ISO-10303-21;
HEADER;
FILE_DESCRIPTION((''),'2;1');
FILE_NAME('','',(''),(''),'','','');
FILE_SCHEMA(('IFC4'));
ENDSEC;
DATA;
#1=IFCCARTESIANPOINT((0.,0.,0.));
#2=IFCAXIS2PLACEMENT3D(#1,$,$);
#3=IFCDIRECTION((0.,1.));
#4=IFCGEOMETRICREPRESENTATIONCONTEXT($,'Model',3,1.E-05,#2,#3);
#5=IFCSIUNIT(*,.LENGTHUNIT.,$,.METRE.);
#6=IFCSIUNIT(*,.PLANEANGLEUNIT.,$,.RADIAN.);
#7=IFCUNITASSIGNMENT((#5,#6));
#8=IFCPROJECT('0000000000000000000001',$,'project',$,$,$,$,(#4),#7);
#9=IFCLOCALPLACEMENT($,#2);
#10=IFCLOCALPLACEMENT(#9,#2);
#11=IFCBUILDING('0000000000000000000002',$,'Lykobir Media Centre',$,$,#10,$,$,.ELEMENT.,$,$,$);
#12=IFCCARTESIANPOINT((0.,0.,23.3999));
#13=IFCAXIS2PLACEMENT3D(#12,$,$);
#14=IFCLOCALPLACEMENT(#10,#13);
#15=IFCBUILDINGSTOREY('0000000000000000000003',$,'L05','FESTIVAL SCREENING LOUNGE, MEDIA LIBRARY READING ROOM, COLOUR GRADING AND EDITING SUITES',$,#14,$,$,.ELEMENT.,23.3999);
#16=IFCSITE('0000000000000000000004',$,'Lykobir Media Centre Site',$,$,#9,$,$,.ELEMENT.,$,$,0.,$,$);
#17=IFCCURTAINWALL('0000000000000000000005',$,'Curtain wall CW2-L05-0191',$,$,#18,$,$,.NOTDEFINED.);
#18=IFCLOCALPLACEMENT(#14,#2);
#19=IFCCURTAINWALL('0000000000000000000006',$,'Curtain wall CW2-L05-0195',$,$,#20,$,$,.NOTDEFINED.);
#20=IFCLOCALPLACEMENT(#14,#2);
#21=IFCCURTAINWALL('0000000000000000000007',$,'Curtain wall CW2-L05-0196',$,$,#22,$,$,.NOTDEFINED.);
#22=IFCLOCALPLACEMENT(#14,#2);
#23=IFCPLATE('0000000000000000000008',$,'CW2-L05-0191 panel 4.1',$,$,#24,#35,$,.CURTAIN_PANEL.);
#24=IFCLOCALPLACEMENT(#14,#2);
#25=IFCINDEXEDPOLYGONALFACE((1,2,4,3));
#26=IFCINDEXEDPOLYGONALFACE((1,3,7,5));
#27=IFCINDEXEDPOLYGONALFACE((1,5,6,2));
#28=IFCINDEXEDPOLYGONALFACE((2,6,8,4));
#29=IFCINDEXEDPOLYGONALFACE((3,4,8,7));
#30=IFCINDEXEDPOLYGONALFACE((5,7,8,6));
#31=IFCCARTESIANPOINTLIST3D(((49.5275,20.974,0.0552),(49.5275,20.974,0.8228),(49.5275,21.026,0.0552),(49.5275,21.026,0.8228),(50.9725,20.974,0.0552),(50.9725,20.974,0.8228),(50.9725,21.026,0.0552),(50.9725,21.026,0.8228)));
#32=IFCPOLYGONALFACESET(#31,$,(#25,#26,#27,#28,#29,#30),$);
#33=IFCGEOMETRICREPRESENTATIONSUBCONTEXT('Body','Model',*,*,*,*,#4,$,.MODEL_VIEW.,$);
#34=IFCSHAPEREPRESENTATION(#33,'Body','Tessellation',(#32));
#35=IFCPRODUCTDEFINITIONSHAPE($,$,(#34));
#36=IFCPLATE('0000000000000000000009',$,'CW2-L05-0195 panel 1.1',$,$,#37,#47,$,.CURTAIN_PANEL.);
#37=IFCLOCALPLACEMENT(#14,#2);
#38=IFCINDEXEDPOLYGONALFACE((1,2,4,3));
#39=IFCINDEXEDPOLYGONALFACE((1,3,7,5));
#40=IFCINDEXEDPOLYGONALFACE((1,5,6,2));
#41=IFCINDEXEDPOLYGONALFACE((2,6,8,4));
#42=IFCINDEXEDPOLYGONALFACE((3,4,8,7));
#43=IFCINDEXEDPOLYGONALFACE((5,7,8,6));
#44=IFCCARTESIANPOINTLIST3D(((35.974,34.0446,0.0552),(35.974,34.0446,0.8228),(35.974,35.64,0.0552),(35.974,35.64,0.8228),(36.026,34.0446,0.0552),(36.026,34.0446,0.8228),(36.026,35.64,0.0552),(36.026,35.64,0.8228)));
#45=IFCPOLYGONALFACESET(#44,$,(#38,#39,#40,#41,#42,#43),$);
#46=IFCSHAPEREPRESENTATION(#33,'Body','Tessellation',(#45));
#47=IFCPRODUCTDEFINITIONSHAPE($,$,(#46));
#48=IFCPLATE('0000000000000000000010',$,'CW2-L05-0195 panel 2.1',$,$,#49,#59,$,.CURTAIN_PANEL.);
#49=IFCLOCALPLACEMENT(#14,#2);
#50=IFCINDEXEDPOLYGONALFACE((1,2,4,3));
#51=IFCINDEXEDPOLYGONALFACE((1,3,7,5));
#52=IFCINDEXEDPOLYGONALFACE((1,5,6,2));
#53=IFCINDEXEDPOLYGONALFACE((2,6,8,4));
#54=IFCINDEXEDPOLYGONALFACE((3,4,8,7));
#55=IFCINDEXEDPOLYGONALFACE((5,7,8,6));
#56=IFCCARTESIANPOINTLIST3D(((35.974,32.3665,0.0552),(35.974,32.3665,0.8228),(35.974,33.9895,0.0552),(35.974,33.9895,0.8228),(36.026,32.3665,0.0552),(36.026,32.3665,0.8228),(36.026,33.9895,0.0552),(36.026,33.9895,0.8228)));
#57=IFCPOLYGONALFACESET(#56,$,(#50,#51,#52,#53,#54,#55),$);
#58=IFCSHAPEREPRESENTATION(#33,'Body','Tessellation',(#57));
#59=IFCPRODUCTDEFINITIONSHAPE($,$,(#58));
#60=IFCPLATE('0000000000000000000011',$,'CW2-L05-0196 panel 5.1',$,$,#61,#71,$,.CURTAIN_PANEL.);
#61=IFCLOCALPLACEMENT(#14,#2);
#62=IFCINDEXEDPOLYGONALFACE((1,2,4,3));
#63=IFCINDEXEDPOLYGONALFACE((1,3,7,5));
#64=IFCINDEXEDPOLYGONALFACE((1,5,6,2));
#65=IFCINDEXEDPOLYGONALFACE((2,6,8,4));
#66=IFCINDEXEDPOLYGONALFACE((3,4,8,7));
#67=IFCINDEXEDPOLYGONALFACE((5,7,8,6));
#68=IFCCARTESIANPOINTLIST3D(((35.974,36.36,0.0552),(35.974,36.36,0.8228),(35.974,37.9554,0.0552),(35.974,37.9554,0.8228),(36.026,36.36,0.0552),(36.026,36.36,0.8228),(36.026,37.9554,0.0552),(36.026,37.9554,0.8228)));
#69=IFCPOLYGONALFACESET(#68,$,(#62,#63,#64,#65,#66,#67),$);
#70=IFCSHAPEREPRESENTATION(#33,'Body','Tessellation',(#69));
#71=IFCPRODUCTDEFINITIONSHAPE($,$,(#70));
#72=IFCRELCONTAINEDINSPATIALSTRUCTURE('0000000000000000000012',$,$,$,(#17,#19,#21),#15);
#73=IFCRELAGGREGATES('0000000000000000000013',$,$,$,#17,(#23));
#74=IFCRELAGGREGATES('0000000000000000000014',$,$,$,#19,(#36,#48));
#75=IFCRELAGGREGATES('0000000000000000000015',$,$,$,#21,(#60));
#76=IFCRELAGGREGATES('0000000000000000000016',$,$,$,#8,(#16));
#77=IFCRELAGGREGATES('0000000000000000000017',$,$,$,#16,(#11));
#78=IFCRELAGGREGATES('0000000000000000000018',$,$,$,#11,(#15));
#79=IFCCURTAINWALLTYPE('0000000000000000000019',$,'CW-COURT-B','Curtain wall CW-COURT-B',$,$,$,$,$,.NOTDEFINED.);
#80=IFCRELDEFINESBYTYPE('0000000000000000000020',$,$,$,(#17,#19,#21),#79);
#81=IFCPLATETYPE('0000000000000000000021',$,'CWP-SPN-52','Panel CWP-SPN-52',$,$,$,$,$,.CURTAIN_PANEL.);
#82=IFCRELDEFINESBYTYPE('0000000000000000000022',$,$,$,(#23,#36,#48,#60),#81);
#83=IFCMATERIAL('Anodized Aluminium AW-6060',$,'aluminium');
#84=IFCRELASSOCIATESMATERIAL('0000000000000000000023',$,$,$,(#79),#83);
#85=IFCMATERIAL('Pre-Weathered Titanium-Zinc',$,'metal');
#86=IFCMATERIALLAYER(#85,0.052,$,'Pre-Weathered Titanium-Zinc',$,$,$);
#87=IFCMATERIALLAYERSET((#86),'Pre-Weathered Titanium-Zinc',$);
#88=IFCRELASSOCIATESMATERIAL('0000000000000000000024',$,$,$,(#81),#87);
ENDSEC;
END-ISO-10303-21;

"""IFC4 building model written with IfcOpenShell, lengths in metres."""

from ifc_helpers import new_model, si_unit, direction, frame, origin, origin_2d, place, context, subcontext, project, spatial, rectangle, extrude, material, layer, layer_set, type_object, element, aggregate, save


model = new_model("IFC4")

# Units and contexts
model_context = context("Model", 3, precision=1e-05, world=origin(), true_north=direction((0.0, 1.0)))
body_context = subcontext(model_context, "Body", "Model", "MODEL_VIEW")
ifc_project = project(units=[si_unit("LENGTHUNIT", "METRE"), si_unit("PLANEANGLEUNIT", "RADIAN")], contexts=[model_context])

# Site, building, storey
site_placement = place(None, origin())
site = spatial("IfcSite", under=ifc_project, at=site_placement, Name="Lykobir Media Centre Site", CompositionType="ELEMENT", RefElevation=0.0)
building_placement = place(site_placement, origin())
building = spatial("IfcBuilding", under=site, at=building_placement, Name="Lykobir Media Centre", CompositionType="ELEMENT")
storey_placement = place(building_placement, frame((0.0, 0.0, 23.3999)))
storey = spatial("IfcBuildingStorey", under=building, at=storey_placement, Name="L05", Description="FESTIVAL SCREENING LOUNGE, MEDIA LIBRARY READING ROOM, COLOUR GRADING AND EDITING SUITES", CompositionType="ELEMENT", Elevation=23.3999)

# Curtain wall
ifc_material_1 = material(Name="Anodized Aluminium AW-6060", Category="aluminium")
curtain_wall_type = type_object("IfcCurtainWallType", Name="CW-COURT-B", Description="Curtain wall CW-COURT-B", PredefinedType="NOTDEFINED", material=ifc_material_1)
curtain_wall_1_placement = place(storey_placement, origin())
curtain_wall_1 = element("IfcCurtainWall", 1, at=curtain_wall_1_placement, inside=storey, type_object=curtain_wall_type, Name="Curtain wall CW2-L05-0191", PredefinedType="NOTDEFINED")

# Curtain wall
curtain_wall_2_placement = place(storey_placement, origin())
curtain_wall_2 = element("IfcCurtainWall", 2, at=curtain_wall_2_placement, inside=storey, type_object=curtain_wall_type, Name="Curtain wall CW2-L05-0195", PredefinedType="NOTDEFINED")

# Curtain wall
curtain_wall_3_placement = place(storey_placement, origin())
curtain_wall_3 = element("IfcCurtainWall", 3, at=curtain_wall_3_placement, inside=storey, type_object=curtain_wall_type, Name="Curtain wall CW2-L05-0196", PredefinedType="NOTDEFINED")

# Plates
ifc_material_2 = material(Name="Pre-Weathered Titanium-Zinc", Category="metal")
ifc_layer_1 = layer(ifc_material_2, 0.052, Name="Pre-Weathered Titanium-Zinc")
ifc_layer_set_1 = layer_set([ifc_layer_1], Name="Pre-Weathered Titanium-Zinc")
plate_type_1 = type_object("IfcPlateType", Name="CWP-SPN-52", Description="Panel CWP-SPN-52", PredefinedType="CURTAIN_PANEL", material=ifc_layer_set_1)
plate_1_placement = place(storey_placement, frame((50.25, 21.0, 0.0552), z_axis=(0.0, 0.0, 1.0), x_axis=(1.0, 0.0, 0.0)))
plate_1 = element("IfcPlate", 4, at=plate_1_placement, type_object=plate_type_1, Name="CW2-L05-0191 panel 4.1", PredefinedType="CURTAIN_PANEL", context=body_context, shape_type="SweptSolid", body=[
    extrude(rectangle(XDim=1.4451, YDim=0.052, at=origin_2d()), origin(), (0.0, 0.0, 1.0), 0.7676),
])
aggregate(curtain_wall_1, [plate_1])
plate_2_placement = place(storey_placement, frame((36.0, 34.8423, 0.0552), z_axis=(0.0, 0.0, 1.0), x_axis=(0.0, -1.0, 0.0)))
plate_2 = element("IfcPlate", 5, at=plate_2_placement, type_object=plate_type_1, Name="CW2-L05-0195 panel 1.1", PredefinedType="CURTAIN_PANEL", context=body_context, shape_type="SweptSolid", body=[
    extrude(rectangle(XDim=1.5955, YDim=0.052, at=origin_2d()), origin(), (0.0, 0.0, 1.0), 0.7676),
])
plate_3_placement = place(storey_placement, frame((36.0, 33.178, 0.0552), z_axis=(0.0, 0.0, 1.0), x_axis=(0.0, -1.0, 0.0)))
plate_3 = element("IfcPlate", 6, at=plate_3_placement, type_object=plate_type_1, Name="CW2-L05-0195 panel 2.1", PredefinedType="CURTAIN_PANEL", context=body_context, shape_type="SweptSolid", body=[
    extrude(rectangle(XDim=1.623, YDim=0.052, at=origin_2d()), origin(), (0.0, 0.0, 1.0), 0.7676),
])
aggregate(curtain_wall_2, [plate_2, plate_3])
plate_4_placement = place(storey_placement, frame((36.0, 37.1577, 0.0552), z_axis=(0.0, 0.0, 1.0), x_axis=(0.0, -1.0, 0.0)))
plate_4 = element("IfcPlate", 7, at=plate_4_placement, type_object=plate_type_1, Name="CW2-L05-0196 panel 5.1", PredefinedType="CURTAIN_PANEL", context=body_context, shape_type="SweptSolid", body=[
    extrude(rectangle(XDim=1.5955, YDim=0.052, at=origin_2d()), origin(), (0.0, 0.0, 1.0), 0.7676),
])
aggregate(curtain_wall_3, [plate_4])

save(model, "model.ifc")
